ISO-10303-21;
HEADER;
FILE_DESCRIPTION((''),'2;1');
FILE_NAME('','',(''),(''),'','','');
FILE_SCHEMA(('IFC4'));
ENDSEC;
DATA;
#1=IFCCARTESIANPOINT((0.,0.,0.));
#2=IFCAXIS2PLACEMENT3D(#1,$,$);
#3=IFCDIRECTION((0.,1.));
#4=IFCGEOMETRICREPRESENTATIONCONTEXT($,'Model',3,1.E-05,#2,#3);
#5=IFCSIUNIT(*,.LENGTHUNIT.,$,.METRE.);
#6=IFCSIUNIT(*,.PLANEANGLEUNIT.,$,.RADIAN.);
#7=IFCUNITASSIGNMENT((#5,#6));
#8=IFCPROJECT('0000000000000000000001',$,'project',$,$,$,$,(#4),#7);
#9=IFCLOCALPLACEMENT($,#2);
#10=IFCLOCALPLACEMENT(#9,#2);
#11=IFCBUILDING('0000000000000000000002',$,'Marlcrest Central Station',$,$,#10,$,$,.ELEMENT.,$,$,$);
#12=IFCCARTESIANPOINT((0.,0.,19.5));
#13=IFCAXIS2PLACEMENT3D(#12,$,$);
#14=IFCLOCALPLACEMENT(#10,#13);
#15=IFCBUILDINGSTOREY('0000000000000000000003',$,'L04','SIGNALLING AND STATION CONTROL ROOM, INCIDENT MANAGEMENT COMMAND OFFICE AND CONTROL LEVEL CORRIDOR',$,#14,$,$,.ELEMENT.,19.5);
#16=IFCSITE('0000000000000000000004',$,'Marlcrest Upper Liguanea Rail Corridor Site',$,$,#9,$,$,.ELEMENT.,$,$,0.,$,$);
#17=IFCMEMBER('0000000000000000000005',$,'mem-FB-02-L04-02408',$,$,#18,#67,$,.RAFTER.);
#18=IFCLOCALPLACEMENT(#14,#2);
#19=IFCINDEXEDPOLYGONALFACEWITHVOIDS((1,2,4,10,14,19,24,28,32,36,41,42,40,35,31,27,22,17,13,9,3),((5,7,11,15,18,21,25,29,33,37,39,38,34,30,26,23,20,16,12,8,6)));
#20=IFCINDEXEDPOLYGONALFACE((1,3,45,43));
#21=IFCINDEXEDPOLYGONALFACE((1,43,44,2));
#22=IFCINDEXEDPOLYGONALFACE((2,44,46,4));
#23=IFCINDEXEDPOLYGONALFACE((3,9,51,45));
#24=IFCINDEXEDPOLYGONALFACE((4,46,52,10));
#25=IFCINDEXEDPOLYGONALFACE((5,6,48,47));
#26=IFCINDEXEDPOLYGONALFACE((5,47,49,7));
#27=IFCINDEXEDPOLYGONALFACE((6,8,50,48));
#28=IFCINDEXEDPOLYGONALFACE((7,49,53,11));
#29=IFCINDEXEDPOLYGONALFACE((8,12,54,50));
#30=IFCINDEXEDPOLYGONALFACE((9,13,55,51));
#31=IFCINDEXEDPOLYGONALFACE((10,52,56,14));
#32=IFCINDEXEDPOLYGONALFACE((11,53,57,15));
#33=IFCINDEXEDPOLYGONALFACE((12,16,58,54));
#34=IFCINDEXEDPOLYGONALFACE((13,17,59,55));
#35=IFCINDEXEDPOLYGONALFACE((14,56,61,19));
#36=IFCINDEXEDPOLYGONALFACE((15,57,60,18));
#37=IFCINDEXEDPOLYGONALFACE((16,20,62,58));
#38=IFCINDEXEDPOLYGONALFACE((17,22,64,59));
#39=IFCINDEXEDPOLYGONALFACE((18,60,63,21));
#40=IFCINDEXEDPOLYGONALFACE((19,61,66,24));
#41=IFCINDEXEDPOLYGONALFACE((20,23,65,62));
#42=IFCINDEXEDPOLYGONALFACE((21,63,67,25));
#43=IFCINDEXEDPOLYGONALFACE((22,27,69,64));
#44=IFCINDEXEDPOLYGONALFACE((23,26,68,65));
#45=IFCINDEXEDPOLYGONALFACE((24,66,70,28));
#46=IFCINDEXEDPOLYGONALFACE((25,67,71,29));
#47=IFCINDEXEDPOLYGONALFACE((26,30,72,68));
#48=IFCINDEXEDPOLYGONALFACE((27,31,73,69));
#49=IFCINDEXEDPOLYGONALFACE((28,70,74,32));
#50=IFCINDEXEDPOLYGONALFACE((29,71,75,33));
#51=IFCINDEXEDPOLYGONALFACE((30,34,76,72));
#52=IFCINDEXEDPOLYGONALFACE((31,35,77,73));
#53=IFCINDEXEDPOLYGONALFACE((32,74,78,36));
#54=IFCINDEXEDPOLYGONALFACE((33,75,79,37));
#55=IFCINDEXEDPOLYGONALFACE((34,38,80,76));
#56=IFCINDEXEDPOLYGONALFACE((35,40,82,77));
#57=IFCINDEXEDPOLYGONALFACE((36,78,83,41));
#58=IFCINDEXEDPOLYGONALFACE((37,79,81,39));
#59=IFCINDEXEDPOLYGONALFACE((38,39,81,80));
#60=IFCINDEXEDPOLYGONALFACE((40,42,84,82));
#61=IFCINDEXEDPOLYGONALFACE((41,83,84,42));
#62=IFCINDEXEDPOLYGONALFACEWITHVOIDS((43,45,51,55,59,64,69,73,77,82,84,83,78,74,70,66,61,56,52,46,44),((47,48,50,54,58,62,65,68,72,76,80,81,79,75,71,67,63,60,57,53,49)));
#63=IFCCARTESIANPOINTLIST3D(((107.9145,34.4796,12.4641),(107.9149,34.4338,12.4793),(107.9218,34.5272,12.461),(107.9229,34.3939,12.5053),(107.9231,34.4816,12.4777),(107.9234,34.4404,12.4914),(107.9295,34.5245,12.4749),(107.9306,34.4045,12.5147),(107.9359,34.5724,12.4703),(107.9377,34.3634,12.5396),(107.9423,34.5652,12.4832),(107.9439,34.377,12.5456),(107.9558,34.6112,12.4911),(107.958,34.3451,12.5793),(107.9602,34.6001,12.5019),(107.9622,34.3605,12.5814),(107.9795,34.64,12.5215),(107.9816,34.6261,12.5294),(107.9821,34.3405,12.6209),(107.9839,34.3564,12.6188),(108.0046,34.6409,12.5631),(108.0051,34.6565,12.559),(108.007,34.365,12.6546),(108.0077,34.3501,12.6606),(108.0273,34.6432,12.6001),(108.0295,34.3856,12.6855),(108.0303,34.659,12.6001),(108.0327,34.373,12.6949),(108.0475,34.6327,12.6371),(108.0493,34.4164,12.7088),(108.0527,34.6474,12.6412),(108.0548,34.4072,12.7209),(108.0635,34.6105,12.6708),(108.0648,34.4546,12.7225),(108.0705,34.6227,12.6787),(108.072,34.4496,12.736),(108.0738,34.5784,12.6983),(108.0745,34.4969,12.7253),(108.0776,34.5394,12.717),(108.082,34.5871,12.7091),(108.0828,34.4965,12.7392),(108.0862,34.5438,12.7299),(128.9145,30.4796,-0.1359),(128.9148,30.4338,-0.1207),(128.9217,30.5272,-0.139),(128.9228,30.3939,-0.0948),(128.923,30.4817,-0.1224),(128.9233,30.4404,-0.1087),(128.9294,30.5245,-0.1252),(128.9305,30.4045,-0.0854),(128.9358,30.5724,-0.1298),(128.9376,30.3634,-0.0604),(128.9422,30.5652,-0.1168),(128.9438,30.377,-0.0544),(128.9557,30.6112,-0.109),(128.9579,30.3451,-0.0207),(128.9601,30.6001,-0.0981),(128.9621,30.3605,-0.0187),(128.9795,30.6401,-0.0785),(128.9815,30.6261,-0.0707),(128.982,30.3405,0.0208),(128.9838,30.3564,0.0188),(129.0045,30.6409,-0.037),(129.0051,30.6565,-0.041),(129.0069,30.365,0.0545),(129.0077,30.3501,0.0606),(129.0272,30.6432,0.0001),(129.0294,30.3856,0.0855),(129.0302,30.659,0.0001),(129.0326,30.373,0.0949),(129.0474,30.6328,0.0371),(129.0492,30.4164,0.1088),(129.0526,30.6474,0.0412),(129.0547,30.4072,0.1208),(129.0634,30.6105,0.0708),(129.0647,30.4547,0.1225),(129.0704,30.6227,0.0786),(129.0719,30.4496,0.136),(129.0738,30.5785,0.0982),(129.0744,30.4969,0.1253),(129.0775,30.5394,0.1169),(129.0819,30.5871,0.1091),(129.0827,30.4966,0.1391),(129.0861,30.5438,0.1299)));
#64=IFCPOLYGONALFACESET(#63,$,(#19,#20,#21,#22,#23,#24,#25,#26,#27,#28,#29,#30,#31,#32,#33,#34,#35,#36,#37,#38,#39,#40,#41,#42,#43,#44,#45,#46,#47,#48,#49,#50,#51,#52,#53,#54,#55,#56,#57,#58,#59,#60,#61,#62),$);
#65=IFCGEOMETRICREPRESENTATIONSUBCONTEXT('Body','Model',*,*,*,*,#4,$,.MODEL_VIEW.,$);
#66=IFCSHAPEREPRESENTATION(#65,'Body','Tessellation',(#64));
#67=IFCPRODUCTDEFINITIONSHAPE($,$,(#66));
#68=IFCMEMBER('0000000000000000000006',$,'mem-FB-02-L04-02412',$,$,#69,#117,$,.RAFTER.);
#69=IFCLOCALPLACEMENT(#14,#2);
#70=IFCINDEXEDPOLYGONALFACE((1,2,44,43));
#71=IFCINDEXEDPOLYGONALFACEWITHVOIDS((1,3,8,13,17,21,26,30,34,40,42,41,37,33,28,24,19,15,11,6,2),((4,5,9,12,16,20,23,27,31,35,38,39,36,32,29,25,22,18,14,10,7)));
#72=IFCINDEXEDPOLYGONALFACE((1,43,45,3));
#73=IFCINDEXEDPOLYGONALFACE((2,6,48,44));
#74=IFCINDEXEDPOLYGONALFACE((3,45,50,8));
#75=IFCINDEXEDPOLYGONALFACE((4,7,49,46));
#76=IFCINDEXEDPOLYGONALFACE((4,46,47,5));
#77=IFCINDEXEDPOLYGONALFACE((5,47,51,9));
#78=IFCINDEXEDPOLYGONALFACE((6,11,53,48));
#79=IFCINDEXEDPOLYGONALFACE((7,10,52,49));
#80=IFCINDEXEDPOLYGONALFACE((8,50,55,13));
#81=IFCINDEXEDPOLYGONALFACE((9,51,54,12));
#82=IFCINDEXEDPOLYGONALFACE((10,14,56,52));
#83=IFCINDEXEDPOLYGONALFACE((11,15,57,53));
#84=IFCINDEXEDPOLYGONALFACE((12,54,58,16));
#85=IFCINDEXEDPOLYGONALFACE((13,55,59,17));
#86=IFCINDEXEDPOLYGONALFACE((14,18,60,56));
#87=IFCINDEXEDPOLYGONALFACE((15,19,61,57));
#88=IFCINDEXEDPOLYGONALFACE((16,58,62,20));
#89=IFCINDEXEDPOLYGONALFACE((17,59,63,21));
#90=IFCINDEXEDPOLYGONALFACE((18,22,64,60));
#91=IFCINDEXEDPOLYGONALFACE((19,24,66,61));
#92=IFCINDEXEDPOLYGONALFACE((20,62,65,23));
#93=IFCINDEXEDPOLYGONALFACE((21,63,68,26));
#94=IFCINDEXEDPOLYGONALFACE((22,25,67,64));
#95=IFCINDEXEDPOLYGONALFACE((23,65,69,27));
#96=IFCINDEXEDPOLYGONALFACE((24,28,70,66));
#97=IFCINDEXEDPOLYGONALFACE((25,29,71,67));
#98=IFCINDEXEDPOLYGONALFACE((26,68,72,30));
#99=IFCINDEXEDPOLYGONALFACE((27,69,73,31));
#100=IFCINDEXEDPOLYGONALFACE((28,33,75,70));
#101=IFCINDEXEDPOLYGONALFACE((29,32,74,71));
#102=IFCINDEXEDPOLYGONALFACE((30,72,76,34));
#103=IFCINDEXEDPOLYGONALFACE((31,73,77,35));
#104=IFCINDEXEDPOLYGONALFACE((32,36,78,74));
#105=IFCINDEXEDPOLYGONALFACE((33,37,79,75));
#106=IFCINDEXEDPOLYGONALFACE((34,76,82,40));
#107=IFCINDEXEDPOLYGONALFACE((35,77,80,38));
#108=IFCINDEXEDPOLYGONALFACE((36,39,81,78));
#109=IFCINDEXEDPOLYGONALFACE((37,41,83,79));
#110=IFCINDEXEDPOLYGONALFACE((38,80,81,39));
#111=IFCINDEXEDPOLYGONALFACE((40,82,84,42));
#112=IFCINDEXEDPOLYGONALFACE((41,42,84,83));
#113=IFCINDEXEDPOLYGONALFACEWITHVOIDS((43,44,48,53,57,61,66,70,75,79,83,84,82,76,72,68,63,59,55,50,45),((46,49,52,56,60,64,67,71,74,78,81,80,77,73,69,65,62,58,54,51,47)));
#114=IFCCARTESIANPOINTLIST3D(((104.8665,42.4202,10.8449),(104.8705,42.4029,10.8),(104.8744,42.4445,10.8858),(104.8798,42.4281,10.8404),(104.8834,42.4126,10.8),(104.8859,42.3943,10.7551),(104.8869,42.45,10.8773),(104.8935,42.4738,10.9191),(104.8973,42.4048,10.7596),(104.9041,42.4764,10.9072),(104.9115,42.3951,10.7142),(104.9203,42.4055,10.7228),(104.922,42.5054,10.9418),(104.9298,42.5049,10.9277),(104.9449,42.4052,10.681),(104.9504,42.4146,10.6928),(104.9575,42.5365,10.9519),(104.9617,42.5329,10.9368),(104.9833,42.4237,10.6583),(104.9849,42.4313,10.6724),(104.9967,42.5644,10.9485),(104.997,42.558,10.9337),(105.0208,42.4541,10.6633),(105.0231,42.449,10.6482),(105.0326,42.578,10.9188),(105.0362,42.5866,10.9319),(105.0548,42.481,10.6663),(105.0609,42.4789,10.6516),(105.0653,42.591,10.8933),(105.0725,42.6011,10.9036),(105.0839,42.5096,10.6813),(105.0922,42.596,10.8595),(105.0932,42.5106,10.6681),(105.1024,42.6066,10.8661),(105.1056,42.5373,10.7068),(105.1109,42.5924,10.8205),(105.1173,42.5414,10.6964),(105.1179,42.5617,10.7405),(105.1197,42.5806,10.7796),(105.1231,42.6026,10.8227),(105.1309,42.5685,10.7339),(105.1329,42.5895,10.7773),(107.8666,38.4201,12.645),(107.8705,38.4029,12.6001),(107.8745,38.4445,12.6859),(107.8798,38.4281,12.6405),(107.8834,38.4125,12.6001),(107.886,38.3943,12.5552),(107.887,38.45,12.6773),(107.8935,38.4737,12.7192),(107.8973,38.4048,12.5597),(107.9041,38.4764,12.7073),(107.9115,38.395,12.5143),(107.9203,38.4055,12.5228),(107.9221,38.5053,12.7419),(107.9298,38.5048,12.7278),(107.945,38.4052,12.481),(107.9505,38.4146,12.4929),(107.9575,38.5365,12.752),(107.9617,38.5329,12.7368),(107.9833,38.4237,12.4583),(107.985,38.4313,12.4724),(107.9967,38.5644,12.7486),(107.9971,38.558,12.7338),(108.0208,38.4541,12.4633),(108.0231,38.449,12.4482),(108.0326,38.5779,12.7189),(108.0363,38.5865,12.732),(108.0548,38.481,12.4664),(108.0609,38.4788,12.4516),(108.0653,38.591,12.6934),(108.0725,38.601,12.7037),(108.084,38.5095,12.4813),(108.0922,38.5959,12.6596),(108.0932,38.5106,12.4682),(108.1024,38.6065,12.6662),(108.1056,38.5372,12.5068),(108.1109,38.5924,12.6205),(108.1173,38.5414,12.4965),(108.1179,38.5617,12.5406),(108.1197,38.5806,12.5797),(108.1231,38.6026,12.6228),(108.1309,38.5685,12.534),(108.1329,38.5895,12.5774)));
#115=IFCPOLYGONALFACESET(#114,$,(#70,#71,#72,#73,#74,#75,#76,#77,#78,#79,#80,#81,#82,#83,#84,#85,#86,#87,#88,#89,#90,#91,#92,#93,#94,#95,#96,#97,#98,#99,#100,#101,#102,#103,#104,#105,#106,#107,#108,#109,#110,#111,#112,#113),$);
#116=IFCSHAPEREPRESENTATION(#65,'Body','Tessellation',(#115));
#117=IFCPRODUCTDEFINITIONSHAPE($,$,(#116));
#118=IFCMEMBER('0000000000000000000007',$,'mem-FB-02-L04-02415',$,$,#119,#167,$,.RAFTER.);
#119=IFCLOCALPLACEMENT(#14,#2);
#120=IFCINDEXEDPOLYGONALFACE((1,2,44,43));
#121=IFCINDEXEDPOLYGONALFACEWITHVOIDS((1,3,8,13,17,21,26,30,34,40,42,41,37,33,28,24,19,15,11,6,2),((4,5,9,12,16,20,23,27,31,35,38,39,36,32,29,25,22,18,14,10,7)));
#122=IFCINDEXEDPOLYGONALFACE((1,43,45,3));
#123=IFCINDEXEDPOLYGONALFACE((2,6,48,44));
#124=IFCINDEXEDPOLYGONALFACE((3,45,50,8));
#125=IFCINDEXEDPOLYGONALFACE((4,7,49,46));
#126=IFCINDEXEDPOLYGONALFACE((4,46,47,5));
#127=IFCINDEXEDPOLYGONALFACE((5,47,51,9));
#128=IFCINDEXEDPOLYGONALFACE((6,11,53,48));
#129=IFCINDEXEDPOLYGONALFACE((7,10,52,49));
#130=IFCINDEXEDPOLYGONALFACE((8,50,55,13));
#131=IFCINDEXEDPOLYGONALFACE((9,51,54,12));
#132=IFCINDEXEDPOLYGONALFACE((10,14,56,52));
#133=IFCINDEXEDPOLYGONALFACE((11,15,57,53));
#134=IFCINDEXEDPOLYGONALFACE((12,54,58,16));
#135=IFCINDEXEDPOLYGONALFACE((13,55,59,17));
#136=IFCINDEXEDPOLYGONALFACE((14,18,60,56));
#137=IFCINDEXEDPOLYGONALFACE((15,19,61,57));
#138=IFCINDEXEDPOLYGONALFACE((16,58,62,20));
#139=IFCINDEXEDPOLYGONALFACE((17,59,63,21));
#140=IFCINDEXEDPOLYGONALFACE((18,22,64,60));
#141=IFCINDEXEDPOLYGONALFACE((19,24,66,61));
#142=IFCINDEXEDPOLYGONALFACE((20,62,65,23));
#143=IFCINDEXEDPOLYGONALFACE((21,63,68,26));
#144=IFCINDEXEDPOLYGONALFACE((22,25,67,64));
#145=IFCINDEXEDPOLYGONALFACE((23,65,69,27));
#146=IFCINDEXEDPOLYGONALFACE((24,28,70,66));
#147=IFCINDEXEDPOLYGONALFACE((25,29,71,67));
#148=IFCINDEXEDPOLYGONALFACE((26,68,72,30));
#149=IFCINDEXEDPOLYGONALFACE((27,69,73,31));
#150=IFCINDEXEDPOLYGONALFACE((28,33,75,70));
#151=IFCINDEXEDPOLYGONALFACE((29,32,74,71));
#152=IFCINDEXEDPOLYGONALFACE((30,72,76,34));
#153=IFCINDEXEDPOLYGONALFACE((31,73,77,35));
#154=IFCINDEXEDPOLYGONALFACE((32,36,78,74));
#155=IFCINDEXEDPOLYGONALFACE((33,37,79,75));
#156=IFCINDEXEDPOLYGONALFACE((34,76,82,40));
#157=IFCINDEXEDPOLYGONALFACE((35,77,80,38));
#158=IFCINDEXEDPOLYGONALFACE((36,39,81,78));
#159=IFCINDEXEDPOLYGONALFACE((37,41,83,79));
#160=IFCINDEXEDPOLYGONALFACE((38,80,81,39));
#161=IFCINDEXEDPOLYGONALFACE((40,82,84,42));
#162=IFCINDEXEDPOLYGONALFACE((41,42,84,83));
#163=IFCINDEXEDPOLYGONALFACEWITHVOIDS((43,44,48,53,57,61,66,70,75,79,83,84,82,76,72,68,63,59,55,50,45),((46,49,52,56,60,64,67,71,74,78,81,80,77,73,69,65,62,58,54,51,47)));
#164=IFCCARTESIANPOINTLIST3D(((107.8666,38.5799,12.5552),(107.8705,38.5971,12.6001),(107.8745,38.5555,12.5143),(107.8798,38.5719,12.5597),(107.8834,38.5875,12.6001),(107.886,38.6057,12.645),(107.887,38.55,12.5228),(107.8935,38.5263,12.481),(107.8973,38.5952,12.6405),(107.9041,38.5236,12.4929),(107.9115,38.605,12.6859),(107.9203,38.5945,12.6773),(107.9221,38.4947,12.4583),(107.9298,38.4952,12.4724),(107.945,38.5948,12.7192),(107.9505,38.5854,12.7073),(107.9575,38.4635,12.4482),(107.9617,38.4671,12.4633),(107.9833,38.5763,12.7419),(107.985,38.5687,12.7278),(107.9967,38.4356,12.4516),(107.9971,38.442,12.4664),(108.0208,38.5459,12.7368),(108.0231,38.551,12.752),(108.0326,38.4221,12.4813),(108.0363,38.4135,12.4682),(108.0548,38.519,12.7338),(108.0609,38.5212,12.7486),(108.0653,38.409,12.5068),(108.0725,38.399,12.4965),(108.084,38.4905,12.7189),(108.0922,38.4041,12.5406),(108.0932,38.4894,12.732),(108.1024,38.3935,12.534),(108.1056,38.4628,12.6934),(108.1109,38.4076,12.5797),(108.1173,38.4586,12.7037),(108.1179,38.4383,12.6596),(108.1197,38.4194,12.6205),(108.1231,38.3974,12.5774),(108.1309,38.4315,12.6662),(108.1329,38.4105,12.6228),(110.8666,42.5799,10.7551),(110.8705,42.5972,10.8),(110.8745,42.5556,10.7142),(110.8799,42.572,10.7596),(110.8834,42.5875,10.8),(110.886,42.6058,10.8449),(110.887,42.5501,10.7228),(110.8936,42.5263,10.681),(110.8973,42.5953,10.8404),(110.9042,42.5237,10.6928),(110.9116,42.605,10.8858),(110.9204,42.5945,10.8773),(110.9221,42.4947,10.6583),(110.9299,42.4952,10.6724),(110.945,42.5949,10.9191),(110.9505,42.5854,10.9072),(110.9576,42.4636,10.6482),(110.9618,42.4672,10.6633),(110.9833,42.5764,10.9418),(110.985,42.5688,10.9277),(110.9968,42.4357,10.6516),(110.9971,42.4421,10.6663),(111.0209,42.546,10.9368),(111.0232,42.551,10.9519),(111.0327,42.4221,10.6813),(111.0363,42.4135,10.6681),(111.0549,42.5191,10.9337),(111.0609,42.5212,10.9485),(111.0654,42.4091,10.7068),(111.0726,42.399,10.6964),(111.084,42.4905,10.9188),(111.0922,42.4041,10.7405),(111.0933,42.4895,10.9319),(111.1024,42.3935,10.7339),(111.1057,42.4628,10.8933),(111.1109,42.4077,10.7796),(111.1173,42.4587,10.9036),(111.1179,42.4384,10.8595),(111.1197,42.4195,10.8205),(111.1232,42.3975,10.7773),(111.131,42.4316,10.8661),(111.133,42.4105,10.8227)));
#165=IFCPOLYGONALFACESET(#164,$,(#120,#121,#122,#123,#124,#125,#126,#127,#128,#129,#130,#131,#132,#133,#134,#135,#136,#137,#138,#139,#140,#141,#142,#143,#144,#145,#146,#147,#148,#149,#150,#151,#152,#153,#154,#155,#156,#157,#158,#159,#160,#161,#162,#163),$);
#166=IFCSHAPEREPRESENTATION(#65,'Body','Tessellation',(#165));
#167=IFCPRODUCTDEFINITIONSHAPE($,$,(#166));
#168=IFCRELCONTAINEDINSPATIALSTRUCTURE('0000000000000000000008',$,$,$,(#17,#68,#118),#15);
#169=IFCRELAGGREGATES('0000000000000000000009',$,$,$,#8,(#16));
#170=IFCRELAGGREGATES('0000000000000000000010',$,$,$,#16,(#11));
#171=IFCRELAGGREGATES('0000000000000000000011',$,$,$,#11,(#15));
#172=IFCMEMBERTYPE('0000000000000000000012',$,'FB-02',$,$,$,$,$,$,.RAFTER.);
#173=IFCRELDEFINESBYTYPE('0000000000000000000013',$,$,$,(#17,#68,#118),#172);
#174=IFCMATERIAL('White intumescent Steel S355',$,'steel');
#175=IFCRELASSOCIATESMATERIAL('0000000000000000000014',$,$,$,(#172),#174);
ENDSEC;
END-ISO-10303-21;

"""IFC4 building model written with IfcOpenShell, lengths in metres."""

from ifc_helpers import new_model, si_unit, direction, frame, origin, origin_2d, place, context, subcontext, project, spatial, hollow_circle, extrude, material, material_profile, profile_set, type_object, element, save


model = new_model("IFC4")

# Units and contexts
model_context = context("Model", 3, precision=1e-05, world=origin(), true_north=direction((0.0, 1.0)))
body_context = subcontext(model_context, "Body", "Model", "MODEL_VIEW")
ifc_project = project(units=[si_unit("LENGTHUNIT", "METRE"), si_unit("PLANEANGLEUNIT", "RADIAN")], contexts=[model_context])

# Site, building, storey
site_placement = place(None, origin())
site = spatial("IfcSite", under=ifc_project, at=site_placement, Name="Marlcrest Upper Liguanea Rail Corridor Site", CompositionType="ELEMENT", RefElevation=0.0)
building_placement = place(site_placement, origin())
building = spatial("IfcBuilding", under=site, at=building_placement, Name="Marlcrest Central Station", CompositionType="ELEMENT")
storey_placement = place(building_placement, frame((0.0, 0.0, 19.5)))
storey = spatial("IfcBuildingStorey", under=building, at=storey_placement, Name="L04", Description="SIGNALLING AND STATION CONTROL ROOM, INCIDENT MANAGEMENT COMMAND OFFICE AND CONTROL LEVEL CORRIDOR", CompositionType="ELEMENT", Elevation=19.5)

# Members
ifc_material_1 = material(Name="White intumescent Steel S355", Category="steel")
ifc_material_profile_1 = material_profile(ifc_material_1, hollow_circle(Radius=0.1619, WallThickness=0.0161, at=origin_2d()), Name="CHS 323.9x16")
ifc_profile_set_1 = profile_set([ifc_material_profile_1], Name="White intumescent Steel S355")
member_type_1 = type_object("IfcMemberType", Name="FB-02", PredefinedType="RAFTER", material=ifc_profile_set_1)
member_1_placement = place(storey_placement, frame((108.0, 34.5, 12.6001), z_axis=(0.846277, -0.161196, -0.50777), x_axis=(0.187112, 0.982339, 0.0)))
element("IfcMember", 1, at=member_1_placement, inside=storey, type_object=member_type_1, Name="mem-FB-02-L04-02408", PredefinedType="RAFTER", context=body_context, shape_type="SweptSolid", body=[
    extrude(hollow_circle(Radius=0.1619, WallThickness=0.0161, at=origin_2d()), origin(), (0.0, 0.0, 1.0), 24.8145),
])
for number, where, z_axis, x_axis, name in (
    (2, (108.0, 38.5, 12.6001), (-0.564531, 0.752708, -0.338728), (-0.8, -0.6, 0.0), "mem-FB-02-L04-02412"),
    (3, (108.0, 38.5, 12.6001), (0.564531, 0.752708, -0.338728), (-0.8, 0.6, 0.0), "mem-FB-02-L04-02415"),
):
    element("IfcMember", number, at=place(storey_placement, frame(where, z_axis=z_axis, x_axis=x_axis)), inside=storey, type_object=member_type_1, Name=name, PredefinedType="RAFTER", context=body_context, shape_type="SweptSolid", body=[
        extrude(hollow_circle(Radius=0.1619, WallThickness=0.0161, at=origin_2d()), origin(), (0.0, 0.0, 1.0), 5.3142),
    ])

save(model, "model.ifc")
